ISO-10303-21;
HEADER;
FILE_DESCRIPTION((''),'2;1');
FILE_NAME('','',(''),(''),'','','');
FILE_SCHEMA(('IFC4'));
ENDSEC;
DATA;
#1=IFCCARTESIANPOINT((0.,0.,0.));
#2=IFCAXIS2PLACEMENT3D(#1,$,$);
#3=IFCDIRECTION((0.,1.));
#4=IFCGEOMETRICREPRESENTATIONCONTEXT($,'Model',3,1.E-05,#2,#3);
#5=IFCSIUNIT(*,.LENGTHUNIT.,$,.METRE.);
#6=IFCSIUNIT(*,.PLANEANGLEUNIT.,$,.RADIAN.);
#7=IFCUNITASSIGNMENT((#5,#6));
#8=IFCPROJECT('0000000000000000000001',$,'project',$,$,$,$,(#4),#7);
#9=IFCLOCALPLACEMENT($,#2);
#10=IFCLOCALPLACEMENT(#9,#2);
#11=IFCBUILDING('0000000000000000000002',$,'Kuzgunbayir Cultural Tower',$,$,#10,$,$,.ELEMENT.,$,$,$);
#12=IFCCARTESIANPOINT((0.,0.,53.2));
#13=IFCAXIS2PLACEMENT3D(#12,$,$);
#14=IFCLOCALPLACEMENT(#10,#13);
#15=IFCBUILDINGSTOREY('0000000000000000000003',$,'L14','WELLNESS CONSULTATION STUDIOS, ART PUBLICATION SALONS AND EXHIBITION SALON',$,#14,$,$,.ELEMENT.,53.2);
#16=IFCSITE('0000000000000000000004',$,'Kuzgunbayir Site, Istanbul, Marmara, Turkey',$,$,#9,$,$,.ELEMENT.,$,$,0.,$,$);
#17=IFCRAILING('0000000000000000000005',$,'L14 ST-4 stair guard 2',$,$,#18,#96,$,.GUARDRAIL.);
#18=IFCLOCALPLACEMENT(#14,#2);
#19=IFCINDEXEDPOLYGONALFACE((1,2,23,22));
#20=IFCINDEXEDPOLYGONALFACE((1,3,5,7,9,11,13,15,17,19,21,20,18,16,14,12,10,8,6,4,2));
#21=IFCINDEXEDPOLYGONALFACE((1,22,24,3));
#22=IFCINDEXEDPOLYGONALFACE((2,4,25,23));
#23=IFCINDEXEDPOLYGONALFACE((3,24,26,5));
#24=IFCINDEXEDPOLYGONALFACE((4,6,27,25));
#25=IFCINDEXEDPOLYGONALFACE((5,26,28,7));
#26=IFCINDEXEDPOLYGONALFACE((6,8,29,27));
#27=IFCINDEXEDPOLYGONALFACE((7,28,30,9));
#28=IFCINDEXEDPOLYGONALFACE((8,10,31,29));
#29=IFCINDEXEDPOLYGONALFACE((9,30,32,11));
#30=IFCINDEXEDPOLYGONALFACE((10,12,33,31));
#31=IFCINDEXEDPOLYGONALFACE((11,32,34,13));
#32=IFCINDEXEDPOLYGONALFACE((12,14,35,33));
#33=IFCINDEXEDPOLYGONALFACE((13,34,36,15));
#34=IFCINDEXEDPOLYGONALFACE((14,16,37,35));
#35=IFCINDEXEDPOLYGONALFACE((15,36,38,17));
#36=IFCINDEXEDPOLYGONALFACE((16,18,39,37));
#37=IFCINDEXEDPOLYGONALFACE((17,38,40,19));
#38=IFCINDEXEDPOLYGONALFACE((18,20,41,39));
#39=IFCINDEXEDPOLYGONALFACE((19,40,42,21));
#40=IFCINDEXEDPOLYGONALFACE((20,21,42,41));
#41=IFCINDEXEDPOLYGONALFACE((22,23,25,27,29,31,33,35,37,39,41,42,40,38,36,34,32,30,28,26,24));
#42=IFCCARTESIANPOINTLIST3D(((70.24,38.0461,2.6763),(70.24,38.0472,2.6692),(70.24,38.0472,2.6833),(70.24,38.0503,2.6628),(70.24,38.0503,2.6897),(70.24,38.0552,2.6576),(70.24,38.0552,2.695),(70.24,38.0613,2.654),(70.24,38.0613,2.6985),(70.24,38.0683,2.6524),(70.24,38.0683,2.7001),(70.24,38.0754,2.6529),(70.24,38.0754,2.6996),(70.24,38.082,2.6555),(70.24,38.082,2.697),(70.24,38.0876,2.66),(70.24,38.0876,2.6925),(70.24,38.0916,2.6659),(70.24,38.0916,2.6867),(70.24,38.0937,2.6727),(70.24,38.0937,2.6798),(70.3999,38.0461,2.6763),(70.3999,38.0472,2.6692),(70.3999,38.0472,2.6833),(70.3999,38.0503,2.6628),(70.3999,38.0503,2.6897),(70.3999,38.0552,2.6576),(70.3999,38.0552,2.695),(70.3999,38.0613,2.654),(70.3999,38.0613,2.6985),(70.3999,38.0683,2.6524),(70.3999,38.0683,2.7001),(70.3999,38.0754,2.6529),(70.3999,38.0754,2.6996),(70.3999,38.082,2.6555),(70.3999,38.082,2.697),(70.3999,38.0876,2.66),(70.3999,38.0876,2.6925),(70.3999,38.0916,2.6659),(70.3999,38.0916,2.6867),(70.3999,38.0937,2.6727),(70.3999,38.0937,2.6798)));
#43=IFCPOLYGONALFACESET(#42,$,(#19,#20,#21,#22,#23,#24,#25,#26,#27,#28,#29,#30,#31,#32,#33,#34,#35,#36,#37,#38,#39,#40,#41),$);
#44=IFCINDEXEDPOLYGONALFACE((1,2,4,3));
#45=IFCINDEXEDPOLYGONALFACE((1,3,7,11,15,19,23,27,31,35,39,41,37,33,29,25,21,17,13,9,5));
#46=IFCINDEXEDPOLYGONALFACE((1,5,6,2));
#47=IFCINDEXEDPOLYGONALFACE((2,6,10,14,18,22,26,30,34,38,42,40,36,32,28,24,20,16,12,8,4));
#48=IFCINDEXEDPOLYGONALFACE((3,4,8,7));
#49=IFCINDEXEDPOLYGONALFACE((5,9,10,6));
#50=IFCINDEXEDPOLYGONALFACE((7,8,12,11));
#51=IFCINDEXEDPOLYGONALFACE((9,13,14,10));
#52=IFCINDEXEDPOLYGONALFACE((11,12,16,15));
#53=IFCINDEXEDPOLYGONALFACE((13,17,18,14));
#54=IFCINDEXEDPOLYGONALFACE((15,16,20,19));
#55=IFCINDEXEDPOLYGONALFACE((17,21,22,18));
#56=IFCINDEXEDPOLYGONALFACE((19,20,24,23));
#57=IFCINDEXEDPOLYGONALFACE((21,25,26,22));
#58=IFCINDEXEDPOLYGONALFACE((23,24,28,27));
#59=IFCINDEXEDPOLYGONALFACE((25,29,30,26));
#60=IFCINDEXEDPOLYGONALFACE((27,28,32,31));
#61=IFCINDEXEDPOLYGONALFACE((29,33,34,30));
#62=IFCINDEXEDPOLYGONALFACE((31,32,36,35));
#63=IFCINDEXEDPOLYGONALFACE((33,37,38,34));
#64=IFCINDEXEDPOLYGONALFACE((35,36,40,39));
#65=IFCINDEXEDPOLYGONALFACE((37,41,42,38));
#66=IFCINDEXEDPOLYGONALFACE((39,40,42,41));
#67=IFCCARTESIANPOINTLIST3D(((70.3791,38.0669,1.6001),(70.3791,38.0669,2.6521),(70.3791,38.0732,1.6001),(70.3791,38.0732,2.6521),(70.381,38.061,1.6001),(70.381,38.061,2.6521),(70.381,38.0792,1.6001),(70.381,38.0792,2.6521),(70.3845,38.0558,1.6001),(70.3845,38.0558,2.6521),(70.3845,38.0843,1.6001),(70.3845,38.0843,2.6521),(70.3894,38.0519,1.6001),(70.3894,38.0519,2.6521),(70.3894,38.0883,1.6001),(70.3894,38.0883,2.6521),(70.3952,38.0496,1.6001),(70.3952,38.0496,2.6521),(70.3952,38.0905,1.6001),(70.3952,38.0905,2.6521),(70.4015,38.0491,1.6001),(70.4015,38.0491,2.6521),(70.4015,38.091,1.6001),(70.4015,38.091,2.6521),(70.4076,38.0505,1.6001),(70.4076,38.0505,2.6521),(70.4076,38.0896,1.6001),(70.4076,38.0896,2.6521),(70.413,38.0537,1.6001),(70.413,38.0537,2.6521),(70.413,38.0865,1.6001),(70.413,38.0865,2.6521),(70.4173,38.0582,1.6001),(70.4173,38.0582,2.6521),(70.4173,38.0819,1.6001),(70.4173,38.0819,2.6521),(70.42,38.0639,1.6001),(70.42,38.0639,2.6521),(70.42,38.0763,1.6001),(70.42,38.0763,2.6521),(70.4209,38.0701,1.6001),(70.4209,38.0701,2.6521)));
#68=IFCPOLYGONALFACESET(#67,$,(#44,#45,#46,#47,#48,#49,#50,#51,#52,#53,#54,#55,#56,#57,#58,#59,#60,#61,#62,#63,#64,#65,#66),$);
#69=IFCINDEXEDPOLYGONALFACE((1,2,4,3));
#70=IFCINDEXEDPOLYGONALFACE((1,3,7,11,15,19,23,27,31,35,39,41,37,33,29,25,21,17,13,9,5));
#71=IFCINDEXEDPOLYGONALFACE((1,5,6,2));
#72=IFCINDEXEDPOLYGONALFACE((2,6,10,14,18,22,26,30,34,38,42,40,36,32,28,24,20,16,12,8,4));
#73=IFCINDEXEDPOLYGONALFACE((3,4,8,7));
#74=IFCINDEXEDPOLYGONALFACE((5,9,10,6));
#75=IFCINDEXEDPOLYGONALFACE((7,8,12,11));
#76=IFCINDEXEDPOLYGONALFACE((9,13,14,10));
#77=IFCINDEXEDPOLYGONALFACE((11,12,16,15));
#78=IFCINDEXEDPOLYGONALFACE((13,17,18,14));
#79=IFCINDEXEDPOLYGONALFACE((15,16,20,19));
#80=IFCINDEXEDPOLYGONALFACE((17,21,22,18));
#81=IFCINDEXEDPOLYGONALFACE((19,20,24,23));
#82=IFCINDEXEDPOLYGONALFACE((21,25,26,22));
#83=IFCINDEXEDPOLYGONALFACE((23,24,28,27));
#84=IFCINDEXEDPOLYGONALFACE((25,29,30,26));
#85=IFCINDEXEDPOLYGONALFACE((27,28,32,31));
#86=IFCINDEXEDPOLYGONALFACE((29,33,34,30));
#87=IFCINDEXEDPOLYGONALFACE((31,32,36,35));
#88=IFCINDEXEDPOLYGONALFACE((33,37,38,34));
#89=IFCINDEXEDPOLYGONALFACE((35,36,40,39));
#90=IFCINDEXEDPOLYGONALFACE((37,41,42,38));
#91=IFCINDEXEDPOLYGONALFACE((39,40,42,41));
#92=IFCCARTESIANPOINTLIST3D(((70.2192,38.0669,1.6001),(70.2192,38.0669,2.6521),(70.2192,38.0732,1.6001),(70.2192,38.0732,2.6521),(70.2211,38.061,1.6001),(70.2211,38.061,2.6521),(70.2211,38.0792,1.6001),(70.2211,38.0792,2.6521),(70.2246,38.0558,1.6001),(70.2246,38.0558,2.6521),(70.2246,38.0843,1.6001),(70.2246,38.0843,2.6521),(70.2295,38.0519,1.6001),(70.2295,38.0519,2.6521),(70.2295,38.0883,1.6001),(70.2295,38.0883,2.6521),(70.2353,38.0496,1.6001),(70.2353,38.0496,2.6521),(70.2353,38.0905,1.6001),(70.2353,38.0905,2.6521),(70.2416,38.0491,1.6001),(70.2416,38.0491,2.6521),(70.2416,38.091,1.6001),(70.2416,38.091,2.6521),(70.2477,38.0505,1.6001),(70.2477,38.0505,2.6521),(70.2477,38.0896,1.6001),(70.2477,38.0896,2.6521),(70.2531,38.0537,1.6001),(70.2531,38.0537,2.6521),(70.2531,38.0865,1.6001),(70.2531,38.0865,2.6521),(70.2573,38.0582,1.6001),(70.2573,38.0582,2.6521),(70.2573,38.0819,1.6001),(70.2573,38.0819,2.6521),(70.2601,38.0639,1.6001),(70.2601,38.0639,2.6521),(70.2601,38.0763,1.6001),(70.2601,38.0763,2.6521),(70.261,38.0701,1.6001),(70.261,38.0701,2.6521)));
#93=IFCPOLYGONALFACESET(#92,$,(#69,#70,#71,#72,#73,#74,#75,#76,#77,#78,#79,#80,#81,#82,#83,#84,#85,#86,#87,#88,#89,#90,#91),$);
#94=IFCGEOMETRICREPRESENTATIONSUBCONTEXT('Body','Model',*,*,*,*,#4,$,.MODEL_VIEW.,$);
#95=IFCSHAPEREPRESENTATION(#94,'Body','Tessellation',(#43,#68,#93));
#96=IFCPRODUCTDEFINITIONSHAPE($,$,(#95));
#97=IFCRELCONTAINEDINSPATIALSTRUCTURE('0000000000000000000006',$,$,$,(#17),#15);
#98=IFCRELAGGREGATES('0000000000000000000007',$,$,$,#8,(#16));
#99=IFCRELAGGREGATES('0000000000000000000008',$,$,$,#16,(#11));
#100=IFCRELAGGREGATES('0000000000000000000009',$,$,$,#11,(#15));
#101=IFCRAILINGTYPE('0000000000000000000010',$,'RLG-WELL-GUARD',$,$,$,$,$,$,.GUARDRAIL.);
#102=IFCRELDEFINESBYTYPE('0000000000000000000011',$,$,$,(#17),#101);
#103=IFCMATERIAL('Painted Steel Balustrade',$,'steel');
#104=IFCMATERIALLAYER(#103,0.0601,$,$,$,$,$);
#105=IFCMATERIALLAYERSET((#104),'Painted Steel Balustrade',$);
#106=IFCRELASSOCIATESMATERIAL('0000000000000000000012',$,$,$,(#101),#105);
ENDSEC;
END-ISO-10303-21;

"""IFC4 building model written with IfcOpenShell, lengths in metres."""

from ifc_helpers import new_model, si_unit, direction, frame, origin, origin_2d, place, context, subcontext, project, spatial, circle, extrude, material, layer, layer_set, type_object, element, save


model = new_model("IFC4")

# Units and contexts
model_context = context("Model", 3, precision=1e-05, world=origin(), true_north=direction((0.0, 1.0)))
body_context = subcontext(model_context, "Body", "Model", "MODEL_VIEW")
ifc_project = project(units=[si_unit("LENGTHUNIT", "METRE"), si_unit("PLANEANGLEUNIT", "RADIAN")], contexts=[model_context])

# Site, building, storey
site_placement = place(None, origin())
site = spatial("IfcSite", under=ifc_project, at=site_placement, Name="Kuzgunbayir Site, Istanbul, Marmara, Turkey", CompositionType="ELEMENT", RefElevation=0.0)
building_placement = place(site_placement, origin())
building = spatial("IfcBuilding", under=site, at=building_placement, Name="Kuzgunbayir Cultural Tower", CompositionType="ELEMENT")
storey_placement = place(building_placement, frame((0.0, 0.0, 53.2)))
storey = spatial("IfcBuildingStorey", under=building, at=storey_placement, Name="L14", Description="WELLNESS CONSULTATION STUDIOS, ART PUBLICATION SALONS AND EXHIBITION SALON", CompositionType="ELEMENT", Elevation=53.2)

# Railing
ifc_material_1 = material(Name="Painted Steel Balustrade", Category="steel")
ifc_layer_1 = layer(ifc_material_1, 0.0601)
ifc_layer_set_1 = layer_set([ifc_layer_1], Name="Painted Steel Balustrade")
railing_type_1 = type_object("IfcRailingType", Name="RLG-WELL-GUARD", PredefinedType="GUARDRAIL", material=ifc_layer_set_1)
railing_1_placement = place(storey_placement, frame((70.3999, 38.0701, 1.6001)))
element("IfcRailing", 1, at=railing_1_placement, inside=storey, type_object=railing_type_1, Name="L14 ST-4 stair guard 2", PredefinedType="GUARDRAIL", context=body_context, shape_type="SweptSolid", body=[
    extrude(circle(Radius=0.0239, at=origin_2d()), frame((0.0, 0.0, 1.0762), z_axis=(-1.0, 0.0, 0.0), x_axis=(0.0, -1.0, 0.0)), (0.0, 0.0, 1.0), 0.1599),
    extrude(circle(Radius=0.021, at=origin_2d()), origin(), (0.0, 0.0, 1.0), 1.052),
    extrude(circle(Radius=0.021, at=origin_2d()), frame((-0.1599, 0.0, 0.0)), (0.0, 0.0, 1.0), 1.052),
])

save(model, "model.ifc")
